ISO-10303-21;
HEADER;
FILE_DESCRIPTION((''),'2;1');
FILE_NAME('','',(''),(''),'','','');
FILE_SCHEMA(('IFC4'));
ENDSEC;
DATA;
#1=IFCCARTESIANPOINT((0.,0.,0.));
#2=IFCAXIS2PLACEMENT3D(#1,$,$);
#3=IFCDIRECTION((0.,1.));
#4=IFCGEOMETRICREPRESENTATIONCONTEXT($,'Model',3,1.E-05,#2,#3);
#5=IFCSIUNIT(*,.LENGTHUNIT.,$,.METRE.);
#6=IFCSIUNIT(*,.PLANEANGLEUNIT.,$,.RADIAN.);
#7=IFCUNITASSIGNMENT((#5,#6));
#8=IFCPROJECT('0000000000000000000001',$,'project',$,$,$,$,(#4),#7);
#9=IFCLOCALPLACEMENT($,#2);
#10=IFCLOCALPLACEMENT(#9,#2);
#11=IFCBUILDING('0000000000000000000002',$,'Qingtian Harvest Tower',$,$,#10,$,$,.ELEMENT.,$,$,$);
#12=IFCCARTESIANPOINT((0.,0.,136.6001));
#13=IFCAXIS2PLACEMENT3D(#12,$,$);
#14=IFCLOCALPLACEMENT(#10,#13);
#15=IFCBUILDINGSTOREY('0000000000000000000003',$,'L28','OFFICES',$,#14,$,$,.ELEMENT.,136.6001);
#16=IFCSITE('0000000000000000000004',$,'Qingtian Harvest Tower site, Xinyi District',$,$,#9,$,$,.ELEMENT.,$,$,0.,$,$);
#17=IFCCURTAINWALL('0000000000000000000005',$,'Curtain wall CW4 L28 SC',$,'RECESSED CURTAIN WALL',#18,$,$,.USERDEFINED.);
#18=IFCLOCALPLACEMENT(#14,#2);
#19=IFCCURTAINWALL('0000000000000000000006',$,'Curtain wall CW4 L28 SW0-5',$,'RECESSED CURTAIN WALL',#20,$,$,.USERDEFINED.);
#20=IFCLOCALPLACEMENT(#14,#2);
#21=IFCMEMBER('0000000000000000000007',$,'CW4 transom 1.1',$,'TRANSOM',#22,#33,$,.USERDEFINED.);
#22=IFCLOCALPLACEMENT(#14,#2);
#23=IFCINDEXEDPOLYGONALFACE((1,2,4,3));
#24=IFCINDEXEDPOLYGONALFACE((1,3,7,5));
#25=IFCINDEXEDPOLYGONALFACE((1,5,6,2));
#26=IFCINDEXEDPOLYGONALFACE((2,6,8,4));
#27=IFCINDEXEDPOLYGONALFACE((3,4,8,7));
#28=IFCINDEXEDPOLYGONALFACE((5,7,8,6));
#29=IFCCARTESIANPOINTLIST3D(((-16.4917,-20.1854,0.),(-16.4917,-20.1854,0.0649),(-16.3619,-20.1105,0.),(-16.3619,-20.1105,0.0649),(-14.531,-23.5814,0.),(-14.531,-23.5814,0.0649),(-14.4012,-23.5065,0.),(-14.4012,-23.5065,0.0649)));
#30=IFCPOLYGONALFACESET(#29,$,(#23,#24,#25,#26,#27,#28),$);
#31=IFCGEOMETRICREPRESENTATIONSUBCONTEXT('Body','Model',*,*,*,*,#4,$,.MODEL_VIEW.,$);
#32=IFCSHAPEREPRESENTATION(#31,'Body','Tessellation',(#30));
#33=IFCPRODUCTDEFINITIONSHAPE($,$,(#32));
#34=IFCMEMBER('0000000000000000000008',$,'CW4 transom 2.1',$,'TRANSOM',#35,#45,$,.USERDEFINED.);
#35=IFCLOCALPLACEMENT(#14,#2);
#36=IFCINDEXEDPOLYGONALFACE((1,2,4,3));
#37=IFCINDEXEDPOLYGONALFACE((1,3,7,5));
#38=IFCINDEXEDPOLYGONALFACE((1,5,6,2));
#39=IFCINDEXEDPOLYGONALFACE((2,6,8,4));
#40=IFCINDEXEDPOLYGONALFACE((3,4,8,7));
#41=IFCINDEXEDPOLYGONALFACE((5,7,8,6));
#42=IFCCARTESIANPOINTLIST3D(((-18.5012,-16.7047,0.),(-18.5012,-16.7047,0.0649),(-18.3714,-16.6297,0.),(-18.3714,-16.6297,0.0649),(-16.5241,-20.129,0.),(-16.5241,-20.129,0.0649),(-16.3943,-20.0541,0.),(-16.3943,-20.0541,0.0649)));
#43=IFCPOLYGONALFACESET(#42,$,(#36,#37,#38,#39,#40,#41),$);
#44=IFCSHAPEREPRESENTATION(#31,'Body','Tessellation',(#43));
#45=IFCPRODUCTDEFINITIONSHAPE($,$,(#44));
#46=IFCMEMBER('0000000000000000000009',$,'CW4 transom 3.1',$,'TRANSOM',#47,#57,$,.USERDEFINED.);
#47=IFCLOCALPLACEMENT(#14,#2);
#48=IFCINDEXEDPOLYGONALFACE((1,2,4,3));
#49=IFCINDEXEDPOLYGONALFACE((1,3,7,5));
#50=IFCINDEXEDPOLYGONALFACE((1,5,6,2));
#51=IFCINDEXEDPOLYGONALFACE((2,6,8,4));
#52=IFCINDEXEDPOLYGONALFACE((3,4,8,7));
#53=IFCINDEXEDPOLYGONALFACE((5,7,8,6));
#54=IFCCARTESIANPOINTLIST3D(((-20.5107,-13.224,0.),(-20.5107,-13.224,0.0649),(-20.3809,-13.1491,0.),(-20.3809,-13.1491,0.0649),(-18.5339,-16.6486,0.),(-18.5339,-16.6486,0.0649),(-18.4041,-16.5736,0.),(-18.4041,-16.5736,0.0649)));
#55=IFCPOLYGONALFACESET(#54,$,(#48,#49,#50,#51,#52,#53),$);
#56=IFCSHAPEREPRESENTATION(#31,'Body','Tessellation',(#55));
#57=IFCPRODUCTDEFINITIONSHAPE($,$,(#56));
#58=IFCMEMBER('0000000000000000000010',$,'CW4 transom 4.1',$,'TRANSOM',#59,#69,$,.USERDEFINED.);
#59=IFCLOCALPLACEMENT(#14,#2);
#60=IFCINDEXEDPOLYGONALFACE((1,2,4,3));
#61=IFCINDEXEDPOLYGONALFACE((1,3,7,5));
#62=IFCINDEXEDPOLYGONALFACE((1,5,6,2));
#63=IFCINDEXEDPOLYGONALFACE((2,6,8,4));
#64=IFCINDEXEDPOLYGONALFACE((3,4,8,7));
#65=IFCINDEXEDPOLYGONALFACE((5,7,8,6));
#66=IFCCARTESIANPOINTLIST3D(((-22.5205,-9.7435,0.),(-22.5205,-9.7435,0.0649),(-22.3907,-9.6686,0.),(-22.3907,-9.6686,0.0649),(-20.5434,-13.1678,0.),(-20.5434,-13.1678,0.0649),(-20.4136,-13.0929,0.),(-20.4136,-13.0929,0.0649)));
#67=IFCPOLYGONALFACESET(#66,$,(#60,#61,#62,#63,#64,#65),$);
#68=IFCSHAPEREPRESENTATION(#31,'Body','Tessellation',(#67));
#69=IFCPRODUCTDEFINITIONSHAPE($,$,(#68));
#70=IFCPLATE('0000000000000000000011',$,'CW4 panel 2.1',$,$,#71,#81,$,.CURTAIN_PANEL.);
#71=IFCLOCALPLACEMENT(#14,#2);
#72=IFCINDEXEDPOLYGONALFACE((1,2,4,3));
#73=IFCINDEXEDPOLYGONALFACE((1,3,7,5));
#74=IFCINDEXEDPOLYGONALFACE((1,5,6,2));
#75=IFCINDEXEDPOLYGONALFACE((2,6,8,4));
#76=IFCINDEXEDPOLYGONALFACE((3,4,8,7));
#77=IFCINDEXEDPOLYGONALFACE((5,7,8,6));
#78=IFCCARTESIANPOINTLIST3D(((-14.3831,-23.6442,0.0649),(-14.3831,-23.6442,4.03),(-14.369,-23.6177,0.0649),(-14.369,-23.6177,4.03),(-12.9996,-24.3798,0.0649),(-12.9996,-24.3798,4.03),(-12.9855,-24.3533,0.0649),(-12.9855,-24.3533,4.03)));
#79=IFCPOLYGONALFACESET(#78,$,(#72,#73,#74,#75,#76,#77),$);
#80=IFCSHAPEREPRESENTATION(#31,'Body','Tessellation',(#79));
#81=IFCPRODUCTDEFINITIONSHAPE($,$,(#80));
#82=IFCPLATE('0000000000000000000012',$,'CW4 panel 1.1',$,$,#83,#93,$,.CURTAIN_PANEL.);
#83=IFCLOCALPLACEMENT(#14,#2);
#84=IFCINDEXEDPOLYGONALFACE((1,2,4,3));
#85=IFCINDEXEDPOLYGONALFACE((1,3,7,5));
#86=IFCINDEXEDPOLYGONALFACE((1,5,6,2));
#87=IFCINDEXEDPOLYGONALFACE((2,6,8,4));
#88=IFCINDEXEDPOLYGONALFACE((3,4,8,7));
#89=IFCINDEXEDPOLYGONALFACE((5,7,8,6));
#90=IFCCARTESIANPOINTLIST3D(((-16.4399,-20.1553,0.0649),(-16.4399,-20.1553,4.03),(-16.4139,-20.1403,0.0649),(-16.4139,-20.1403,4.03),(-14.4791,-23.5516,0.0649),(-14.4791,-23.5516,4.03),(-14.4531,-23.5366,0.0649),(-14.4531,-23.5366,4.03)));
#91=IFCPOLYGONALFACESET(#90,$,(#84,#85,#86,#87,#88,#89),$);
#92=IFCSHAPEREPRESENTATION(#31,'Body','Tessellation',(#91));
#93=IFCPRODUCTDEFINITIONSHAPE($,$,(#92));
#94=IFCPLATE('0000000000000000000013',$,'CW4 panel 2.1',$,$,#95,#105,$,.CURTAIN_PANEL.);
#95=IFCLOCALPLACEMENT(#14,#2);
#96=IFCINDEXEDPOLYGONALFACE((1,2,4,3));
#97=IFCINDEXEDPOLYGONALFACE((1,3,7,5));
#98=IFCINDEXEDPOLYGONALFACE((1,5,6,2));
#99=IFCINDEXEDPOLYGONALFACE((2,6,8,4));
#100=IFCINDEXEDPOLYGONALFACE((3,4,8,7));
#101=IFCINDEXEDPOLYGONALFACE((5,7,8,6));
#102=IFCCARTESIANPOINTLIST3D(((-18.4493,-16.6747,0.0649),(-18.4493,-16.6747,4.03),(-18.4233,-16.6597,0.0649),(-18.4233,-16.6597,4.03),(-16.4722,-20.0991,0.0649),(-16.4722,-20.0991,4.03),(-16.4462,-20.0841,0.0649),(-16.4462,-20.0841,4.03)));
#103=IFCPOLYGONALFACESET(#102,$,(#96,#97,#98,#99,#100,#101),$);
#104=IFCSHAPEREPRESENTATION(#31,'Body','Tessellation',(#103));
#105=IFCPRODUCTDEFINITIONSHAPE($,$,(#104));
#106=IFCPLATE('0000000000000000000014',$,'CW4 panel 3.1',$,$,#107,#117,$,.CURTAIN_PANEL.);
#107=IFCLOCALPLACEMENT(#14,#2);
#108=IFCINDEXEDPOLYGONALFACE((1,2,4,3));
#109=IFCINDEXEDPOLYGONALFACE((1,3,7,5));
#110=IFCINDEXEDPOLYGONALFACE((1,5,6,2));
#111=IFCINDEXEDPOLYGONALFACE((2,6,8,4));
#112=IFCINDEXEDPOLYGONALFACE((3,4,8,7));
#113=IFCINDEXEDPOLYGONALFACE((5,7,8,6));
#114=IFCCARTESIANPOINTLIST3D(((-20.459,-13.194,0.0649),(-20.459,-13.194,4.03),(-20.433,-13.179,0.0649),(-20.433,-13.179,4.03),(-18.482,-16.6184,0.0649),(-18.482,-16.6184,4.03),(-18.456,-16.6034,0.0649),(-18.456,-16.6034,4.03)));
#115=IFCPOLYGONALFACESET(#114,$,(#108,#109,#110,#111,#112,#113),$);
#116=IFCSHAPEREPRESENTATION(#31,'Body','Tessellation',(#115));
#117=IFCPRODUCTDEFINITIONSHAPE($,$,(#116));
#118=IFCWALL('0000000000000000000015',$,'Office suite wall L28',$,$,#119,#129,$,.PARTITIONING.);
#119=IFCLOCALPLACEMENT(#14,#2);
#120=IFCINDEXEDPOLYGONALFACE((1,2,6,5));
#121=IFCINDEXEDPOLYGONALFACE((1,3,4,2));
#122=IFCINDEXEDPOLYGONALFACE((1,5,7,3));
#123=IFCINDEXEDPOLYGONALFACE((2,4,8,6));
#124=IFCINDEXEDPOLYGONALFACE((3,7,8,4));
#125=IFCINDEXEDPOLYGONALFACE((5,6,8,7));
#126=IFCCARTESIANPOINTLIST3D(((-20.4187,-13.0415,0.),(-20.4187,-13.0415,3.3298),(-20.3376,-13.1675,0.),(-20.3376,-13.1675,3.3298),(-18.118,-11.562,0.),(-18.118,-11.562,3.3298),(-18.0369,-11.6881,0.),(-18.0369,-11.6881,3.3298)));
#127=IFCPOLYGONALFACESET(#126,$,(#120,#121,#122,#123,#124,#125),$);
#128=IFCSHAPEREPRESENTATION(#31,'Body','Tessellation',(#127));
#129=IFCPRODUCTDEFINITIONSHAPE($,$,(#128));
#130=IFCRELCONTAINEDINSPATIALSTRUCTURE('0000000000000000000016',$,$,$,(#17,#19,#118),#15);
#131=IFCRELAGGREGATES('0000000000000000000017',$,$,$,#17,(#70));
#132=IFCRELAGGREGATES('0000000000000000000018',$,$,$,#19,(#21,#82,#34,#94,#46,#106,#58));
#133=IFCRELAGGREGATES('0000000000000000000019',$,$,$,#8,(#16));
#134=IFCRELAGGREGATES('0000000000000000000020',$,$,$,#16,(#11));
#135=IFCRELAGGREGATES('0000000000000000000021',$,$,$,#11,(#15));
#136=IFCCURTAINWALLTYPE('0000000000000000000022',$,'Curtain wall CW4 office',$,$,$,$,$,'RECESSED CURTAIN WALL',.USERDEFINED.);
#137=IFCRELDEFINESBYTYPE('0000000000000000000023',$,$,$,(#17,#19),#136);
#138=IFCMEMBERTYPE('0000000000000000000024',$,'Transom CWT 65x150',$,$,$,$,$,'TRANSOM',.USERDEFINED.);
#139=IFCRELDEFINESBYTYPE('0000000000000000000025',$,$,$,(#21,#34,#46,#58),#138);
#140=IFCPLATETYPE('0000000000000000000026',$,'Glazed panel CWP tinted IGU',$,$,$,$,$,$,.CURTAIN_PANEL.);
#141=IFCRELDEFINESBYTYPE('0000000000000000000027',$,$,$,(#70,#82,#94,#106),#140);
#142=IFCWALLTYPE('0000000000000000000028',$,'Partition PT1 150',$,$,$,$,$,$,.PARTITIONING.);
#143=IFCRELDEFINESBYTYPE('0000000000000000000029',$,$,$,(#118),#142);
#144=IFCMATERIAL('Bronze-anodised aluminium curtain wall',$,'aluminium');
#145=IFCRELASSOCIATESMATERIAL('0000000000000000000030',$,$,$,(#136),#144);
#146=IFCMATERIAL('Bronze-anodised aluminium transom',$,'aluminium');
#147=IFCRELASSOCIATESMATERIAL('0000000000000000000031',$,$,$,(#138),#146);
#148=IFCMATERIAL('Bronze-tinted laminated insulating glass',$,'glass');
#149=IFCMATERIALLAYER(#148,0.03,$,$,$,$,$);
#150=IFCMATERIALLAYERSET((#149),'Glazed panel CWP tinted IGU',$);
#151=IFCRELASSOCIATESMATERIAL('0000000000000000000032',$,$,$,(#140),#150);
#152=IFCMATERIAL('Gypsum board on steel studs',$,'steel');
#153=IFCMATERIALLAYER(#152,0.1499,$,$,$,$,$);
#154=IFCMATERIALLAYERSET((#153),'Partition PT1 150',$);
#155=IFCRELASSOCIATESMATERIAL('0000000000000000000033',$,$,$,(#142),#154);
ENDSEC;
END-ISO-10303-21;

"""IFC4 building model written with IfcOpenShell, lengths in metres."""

from ifc_helpers import new_model, si_unit, direction, frame, frame_2d, origin, origin_2d, place, context, subcontext, project, spatial, rectangle, extrude, material, layer, layer_set, material_profile, profile_set, type_object, element, aggregate, save


model = new_model("IFC4")

# Units and contexts
model_context = context("Model", 3, precision=1e-05, world=origin(), true_north=direction((0.0, 1.0)))
body_context = subcontext(model_context, "Body", "Model", "MODEL_VIEW")
ifc_project = project(units=[si_unit("LENGTHUNIT", "METRE"), si_unit("PLANEANGLEUNIT", "RADIAN")], contexts=[model_context])

# Site, building, storey
site_placement = place(None, origin())
site = spatial("IfcSite", under=ifc_project, at=site_placement, Name="Qingtian Harvest Tower site, Xinyi District", CompositionType="ELEMENT", RefElevation=0.0)
building_placement = place(site_placement, origin())
building = spatial("IfcBuilding", under=site, at=building_placement, Name="Qingtian Harvest Tower", CompositionType="ELEMENT")
storey_placement = place(building_placement, frame((0.0, 0.0, 136.6001)))
storey = spatial("IfcBuildingStorey", under=building, at=storey_placement, Name="L28", Description="OFFICES", CompositionType="ELEMENT", Elevation=136.6001)

# Curtain wall
ifc_material_1 = material(Name="Bronze-anodised aluminium curtain wall", Category="aluminium")
curtain_wall_type = type_object("IfcCurtainWallType", Name="Curtain wall CW4 office", ElementType="RECESSED CURTAIN WALL", PredefinedType="USERDEFINED", material=ifc_material_1)
curtain_wall_1_placement = place(storey_placement, origin())
curtain_wall_1 = element("IfcCurtainWall", 1, at=curtain_wall_1_placement, inside=storey, type_object=curtain_wall_type, Name="Curtain wall CW4 L28 SC", ObjectType="RECESSED CURTAIN WALL", PredefinedType="USERDEFINED")

# Curtain wall
curtain_wall_2_placement = place(storey_placement, origin())
curtain_wall_2 = element("IfcCurtainWall", 2, at=curtain_wall_2_placement, inside=storey, type_object=curtain_wall_type, Name="Curtain wall CW4 L28 SW0-5", ObjectType="RECESSED CURTAIN WALL", PredefinedType="USERDEFINED")

# Members
ifc_material_2 = material(Name="Bronze-anodised aluminium transom", Category="aluminium")
ifc_material_profile_1 = material_profile(ifc_material_2, rectangle(XDim=0.1499, YDim=0.0649, at=origin_2d()), Name="AL 65x150")
ifc_profile_set_1 = profile_set([ifc_material_profile_1], Name="Bronze-anodised aluminium transom")
member_type_1 = type_object("IfcMemberType", Name="Transom CWT 65x150", ElementType="TRANSOM", PredefinedType="USERDEFINED", material=ifc_profile_set_1)
member_1_placement = place(storey_placement, frame((-14.4661, -23.5439, 0.0325), z_axis=(-0.500003, 0.866024, 0.0), x_axis=(-0.866024, -0.500003, 0.0)))
member_1 = element("IfcMember", 3, at=member_1_placement, type_object=member_type_1, Name="CW4 transom 1.1", ObjectType="TRANSOM", PredefinedType="USERDEFINED", context=body_context, shape_type="SweptSolid", body=[
    extrude(rectangle(XDim=0.1499, YDim=0.0649, at=origin_2d()), origin(), (0.0, 0.0, 1.0), 3.9214),
])
member_2_placement = place(storey_placement, frame((-16.4592, -20.0916, 0.0325), z_axis=(-0.500004, 0.866023, 0.0), x_axis=(-0.866023, -0.500004, 0.0)))
member_2 = element("IfcMember", 4, at=member_2_placement, type_object=member_type_1, Name="CW4 transom 2.1", ObjectType="TRANSOM", PredefinedType="USERDEFINED", context=body_context, shape_type="SweptSolid", body=[
    extrude(rectangle(XDim=0.1499, YDim=0.0649, at=origin_2d()), origin(), (0.0, 0.0, 1.0), 3.9541),
])
member_3_placement = place(storey_placement, frame((-18.469, -16.6111, 0.0325), z_axis=(-0.499931, 0.866065, 0.0), x_axis=(-0.866065, -0.499931, 0.0)))
member_3 = element("IfcMember", 5, at=member_3_placement, type_object=member_type_1, Name="CW4 transom 3.1", ObjectType="TRANSOM", PredefinedType="USERDEFINED", context=body_context, shape_type="SweptSolid", body=[
    extrude(rectangle(XDim=0.1499, YDim=0.0649, at=origin_2d()), origin(), (0.0, 0.0, 1.0), 3.9541),
])
member_4_placement = place(storey_placement, frame((-20.4785, -13.1304, 0.0325), z_axis=(-0.500004, 0.866023, 0.0), x_axis=(-0.866023, -0.500004, 0.0)))
member_4 = element("IfcMember", 6, at=member_4_placement, type_object=member_type_1, Name="CW4 transom 4.1", ObjectType="TRANSOM", PredefinedType="USERDEFINED", context=body_context, shape_type="SweptSolid", body=[
    extrude(rectangle(XDim=0.1499, YDim=0.0649, at=origin_2d()), origin(), (0.0, 0.0, 1.0), 3.9541),
])

# Plates
ifc_material_3 = material(Name="Bronze-tinted laminated insulating glass", Category="glass")
ifc_layer_1 = layer(ifc_material_3, 0.03)
ifc_layer_set_1 = layer_set([ifc_layer_1], Name="Glazed panel CWP tinted IGU")
plate_type = type_object("IfcPlateType", Name="Glazed panel CWP tinted IGU", PredefinedType="CURTAIN_PANEL", material=ifc_layer_set_1)
plate_1_placement = place(storey_placement, frame((-13.6843, -23.9988, 0.0649), z_axis=(0.0, 0.0, 1.0), x_axis=(-0.882948, 0.469472, 0.0)))
plate_1 = element("IfcPlate", 7, at=plate_1_placement, type_object=plate_type, Name="CW4 panel 2.1", PredefinedType="CURTAIN_PANEL", context=body_context, shape_type="SweptSolid", body=[
    extrude(rectangle(XDim=1.5669, YDim=0.03, at=origin_2d()), origin(), (0.0, 0.0, 1.0), 3.9651),
])
aggregate(curtain_wall_1, [plate_1])
plate_2_placement = place(storey_placement, frame((-15.4465, -21.8459, 0.0649), z_axis=(0.0, 0.0, 1.0), x_axis=(-0.5, 0.866025, 0.0)))
plate_2 = element("IfcPlate", 8, at=plate_2_placement, type_object=plate_type, Name="CW4 panel 1.1", PredefinedType="CURTAIN_PANEL", context=body_context, shape_type="SweptSolid", body=[
    extrude(rectangle(XDim=3.9216, YDim=0.03, at=origin_2d()), origin(), (0.0, 0.0, 1.0), 3.9651),
])
plate_3_placement = place(storey_placement, frame((-17.4478, -18.3794, 0.0649), z_axis=(0.0, 0.0, 1.0), x_axis=(-0.5, 0.866025, 0.0)))
plate_3 = element("IfcPlate", 9, at=plate_3_placement, type_object=plate_type, Name="CW4 panel 2.1", PredefinedType="CURTAIN_PANEL", context=body_context, shape_type="SweptSolid", body=[
    extrude(rectangle(XDim=3.9541, YDim=0.03, at=origin_2d()), origin(), (0.0, 0.0, 1.0), 3.9651),
])
plate_4_placement = place(storey_placement, frame((-19.4575, -14.8987, 0.0649), z_axis=(0.0, 0.0, 1.0), x_axis=(-0.5, 0.866025, 0.0)))
plate_4 = element("IfcPlate", 10, at=plate_4_placement, type_object=plate_type, Name="CW4 panel 3.1", PredefinedType="CURTAIN_PANEL", context=body_context, shape_type="SweptSolid", body=[
    extrude(rectangle(XDim=3.9541, YDim=0.03, at=origin_2d()), origin(), (0.0, 0.0, 1.0), 3.9651),
])
aggregate(curtain_wall_2, [member_1, plate_2, member_2, plate_3, member_3, plate_4, member_4])

# Wall
ifc_material_4 = material(Name="Gypsum board on steel studs", Category="steel")
ifc_layer_2 = layer(ifc_material_4, 0.1499)
ifc_layer_set_2 = layer_set([ifc_layer_2], Name="Partition PT1 150")
wall_type = type_object("IfcWallType", Name="Partition PT1 150", PredefinedType="PARTITIONING", material=ifc_layer_set_2)
wall_placement = place(storey_placement, frame((-20.3782, -13.1045, 0.0), z_axis=(0.0, 0.0, 1.0), x_axis=(0.841109, 0.540866, 0.0)))
element("IfcWall", 11, at=wall_placement, inside=storey, type_object=wall_type, Name="Office suite wall L28", PredefinedType="PARTITIONING", context=body_context, shape_type="SweptSolid", body=[
    extrude(rectangle(XDim=2.7354, YDim=0.1499, at=frame_2d((1.3677, 0.0))), origin(), (0.0, 0.0, 1.0), 3.3298),
])

save(model, "model.ifc")
